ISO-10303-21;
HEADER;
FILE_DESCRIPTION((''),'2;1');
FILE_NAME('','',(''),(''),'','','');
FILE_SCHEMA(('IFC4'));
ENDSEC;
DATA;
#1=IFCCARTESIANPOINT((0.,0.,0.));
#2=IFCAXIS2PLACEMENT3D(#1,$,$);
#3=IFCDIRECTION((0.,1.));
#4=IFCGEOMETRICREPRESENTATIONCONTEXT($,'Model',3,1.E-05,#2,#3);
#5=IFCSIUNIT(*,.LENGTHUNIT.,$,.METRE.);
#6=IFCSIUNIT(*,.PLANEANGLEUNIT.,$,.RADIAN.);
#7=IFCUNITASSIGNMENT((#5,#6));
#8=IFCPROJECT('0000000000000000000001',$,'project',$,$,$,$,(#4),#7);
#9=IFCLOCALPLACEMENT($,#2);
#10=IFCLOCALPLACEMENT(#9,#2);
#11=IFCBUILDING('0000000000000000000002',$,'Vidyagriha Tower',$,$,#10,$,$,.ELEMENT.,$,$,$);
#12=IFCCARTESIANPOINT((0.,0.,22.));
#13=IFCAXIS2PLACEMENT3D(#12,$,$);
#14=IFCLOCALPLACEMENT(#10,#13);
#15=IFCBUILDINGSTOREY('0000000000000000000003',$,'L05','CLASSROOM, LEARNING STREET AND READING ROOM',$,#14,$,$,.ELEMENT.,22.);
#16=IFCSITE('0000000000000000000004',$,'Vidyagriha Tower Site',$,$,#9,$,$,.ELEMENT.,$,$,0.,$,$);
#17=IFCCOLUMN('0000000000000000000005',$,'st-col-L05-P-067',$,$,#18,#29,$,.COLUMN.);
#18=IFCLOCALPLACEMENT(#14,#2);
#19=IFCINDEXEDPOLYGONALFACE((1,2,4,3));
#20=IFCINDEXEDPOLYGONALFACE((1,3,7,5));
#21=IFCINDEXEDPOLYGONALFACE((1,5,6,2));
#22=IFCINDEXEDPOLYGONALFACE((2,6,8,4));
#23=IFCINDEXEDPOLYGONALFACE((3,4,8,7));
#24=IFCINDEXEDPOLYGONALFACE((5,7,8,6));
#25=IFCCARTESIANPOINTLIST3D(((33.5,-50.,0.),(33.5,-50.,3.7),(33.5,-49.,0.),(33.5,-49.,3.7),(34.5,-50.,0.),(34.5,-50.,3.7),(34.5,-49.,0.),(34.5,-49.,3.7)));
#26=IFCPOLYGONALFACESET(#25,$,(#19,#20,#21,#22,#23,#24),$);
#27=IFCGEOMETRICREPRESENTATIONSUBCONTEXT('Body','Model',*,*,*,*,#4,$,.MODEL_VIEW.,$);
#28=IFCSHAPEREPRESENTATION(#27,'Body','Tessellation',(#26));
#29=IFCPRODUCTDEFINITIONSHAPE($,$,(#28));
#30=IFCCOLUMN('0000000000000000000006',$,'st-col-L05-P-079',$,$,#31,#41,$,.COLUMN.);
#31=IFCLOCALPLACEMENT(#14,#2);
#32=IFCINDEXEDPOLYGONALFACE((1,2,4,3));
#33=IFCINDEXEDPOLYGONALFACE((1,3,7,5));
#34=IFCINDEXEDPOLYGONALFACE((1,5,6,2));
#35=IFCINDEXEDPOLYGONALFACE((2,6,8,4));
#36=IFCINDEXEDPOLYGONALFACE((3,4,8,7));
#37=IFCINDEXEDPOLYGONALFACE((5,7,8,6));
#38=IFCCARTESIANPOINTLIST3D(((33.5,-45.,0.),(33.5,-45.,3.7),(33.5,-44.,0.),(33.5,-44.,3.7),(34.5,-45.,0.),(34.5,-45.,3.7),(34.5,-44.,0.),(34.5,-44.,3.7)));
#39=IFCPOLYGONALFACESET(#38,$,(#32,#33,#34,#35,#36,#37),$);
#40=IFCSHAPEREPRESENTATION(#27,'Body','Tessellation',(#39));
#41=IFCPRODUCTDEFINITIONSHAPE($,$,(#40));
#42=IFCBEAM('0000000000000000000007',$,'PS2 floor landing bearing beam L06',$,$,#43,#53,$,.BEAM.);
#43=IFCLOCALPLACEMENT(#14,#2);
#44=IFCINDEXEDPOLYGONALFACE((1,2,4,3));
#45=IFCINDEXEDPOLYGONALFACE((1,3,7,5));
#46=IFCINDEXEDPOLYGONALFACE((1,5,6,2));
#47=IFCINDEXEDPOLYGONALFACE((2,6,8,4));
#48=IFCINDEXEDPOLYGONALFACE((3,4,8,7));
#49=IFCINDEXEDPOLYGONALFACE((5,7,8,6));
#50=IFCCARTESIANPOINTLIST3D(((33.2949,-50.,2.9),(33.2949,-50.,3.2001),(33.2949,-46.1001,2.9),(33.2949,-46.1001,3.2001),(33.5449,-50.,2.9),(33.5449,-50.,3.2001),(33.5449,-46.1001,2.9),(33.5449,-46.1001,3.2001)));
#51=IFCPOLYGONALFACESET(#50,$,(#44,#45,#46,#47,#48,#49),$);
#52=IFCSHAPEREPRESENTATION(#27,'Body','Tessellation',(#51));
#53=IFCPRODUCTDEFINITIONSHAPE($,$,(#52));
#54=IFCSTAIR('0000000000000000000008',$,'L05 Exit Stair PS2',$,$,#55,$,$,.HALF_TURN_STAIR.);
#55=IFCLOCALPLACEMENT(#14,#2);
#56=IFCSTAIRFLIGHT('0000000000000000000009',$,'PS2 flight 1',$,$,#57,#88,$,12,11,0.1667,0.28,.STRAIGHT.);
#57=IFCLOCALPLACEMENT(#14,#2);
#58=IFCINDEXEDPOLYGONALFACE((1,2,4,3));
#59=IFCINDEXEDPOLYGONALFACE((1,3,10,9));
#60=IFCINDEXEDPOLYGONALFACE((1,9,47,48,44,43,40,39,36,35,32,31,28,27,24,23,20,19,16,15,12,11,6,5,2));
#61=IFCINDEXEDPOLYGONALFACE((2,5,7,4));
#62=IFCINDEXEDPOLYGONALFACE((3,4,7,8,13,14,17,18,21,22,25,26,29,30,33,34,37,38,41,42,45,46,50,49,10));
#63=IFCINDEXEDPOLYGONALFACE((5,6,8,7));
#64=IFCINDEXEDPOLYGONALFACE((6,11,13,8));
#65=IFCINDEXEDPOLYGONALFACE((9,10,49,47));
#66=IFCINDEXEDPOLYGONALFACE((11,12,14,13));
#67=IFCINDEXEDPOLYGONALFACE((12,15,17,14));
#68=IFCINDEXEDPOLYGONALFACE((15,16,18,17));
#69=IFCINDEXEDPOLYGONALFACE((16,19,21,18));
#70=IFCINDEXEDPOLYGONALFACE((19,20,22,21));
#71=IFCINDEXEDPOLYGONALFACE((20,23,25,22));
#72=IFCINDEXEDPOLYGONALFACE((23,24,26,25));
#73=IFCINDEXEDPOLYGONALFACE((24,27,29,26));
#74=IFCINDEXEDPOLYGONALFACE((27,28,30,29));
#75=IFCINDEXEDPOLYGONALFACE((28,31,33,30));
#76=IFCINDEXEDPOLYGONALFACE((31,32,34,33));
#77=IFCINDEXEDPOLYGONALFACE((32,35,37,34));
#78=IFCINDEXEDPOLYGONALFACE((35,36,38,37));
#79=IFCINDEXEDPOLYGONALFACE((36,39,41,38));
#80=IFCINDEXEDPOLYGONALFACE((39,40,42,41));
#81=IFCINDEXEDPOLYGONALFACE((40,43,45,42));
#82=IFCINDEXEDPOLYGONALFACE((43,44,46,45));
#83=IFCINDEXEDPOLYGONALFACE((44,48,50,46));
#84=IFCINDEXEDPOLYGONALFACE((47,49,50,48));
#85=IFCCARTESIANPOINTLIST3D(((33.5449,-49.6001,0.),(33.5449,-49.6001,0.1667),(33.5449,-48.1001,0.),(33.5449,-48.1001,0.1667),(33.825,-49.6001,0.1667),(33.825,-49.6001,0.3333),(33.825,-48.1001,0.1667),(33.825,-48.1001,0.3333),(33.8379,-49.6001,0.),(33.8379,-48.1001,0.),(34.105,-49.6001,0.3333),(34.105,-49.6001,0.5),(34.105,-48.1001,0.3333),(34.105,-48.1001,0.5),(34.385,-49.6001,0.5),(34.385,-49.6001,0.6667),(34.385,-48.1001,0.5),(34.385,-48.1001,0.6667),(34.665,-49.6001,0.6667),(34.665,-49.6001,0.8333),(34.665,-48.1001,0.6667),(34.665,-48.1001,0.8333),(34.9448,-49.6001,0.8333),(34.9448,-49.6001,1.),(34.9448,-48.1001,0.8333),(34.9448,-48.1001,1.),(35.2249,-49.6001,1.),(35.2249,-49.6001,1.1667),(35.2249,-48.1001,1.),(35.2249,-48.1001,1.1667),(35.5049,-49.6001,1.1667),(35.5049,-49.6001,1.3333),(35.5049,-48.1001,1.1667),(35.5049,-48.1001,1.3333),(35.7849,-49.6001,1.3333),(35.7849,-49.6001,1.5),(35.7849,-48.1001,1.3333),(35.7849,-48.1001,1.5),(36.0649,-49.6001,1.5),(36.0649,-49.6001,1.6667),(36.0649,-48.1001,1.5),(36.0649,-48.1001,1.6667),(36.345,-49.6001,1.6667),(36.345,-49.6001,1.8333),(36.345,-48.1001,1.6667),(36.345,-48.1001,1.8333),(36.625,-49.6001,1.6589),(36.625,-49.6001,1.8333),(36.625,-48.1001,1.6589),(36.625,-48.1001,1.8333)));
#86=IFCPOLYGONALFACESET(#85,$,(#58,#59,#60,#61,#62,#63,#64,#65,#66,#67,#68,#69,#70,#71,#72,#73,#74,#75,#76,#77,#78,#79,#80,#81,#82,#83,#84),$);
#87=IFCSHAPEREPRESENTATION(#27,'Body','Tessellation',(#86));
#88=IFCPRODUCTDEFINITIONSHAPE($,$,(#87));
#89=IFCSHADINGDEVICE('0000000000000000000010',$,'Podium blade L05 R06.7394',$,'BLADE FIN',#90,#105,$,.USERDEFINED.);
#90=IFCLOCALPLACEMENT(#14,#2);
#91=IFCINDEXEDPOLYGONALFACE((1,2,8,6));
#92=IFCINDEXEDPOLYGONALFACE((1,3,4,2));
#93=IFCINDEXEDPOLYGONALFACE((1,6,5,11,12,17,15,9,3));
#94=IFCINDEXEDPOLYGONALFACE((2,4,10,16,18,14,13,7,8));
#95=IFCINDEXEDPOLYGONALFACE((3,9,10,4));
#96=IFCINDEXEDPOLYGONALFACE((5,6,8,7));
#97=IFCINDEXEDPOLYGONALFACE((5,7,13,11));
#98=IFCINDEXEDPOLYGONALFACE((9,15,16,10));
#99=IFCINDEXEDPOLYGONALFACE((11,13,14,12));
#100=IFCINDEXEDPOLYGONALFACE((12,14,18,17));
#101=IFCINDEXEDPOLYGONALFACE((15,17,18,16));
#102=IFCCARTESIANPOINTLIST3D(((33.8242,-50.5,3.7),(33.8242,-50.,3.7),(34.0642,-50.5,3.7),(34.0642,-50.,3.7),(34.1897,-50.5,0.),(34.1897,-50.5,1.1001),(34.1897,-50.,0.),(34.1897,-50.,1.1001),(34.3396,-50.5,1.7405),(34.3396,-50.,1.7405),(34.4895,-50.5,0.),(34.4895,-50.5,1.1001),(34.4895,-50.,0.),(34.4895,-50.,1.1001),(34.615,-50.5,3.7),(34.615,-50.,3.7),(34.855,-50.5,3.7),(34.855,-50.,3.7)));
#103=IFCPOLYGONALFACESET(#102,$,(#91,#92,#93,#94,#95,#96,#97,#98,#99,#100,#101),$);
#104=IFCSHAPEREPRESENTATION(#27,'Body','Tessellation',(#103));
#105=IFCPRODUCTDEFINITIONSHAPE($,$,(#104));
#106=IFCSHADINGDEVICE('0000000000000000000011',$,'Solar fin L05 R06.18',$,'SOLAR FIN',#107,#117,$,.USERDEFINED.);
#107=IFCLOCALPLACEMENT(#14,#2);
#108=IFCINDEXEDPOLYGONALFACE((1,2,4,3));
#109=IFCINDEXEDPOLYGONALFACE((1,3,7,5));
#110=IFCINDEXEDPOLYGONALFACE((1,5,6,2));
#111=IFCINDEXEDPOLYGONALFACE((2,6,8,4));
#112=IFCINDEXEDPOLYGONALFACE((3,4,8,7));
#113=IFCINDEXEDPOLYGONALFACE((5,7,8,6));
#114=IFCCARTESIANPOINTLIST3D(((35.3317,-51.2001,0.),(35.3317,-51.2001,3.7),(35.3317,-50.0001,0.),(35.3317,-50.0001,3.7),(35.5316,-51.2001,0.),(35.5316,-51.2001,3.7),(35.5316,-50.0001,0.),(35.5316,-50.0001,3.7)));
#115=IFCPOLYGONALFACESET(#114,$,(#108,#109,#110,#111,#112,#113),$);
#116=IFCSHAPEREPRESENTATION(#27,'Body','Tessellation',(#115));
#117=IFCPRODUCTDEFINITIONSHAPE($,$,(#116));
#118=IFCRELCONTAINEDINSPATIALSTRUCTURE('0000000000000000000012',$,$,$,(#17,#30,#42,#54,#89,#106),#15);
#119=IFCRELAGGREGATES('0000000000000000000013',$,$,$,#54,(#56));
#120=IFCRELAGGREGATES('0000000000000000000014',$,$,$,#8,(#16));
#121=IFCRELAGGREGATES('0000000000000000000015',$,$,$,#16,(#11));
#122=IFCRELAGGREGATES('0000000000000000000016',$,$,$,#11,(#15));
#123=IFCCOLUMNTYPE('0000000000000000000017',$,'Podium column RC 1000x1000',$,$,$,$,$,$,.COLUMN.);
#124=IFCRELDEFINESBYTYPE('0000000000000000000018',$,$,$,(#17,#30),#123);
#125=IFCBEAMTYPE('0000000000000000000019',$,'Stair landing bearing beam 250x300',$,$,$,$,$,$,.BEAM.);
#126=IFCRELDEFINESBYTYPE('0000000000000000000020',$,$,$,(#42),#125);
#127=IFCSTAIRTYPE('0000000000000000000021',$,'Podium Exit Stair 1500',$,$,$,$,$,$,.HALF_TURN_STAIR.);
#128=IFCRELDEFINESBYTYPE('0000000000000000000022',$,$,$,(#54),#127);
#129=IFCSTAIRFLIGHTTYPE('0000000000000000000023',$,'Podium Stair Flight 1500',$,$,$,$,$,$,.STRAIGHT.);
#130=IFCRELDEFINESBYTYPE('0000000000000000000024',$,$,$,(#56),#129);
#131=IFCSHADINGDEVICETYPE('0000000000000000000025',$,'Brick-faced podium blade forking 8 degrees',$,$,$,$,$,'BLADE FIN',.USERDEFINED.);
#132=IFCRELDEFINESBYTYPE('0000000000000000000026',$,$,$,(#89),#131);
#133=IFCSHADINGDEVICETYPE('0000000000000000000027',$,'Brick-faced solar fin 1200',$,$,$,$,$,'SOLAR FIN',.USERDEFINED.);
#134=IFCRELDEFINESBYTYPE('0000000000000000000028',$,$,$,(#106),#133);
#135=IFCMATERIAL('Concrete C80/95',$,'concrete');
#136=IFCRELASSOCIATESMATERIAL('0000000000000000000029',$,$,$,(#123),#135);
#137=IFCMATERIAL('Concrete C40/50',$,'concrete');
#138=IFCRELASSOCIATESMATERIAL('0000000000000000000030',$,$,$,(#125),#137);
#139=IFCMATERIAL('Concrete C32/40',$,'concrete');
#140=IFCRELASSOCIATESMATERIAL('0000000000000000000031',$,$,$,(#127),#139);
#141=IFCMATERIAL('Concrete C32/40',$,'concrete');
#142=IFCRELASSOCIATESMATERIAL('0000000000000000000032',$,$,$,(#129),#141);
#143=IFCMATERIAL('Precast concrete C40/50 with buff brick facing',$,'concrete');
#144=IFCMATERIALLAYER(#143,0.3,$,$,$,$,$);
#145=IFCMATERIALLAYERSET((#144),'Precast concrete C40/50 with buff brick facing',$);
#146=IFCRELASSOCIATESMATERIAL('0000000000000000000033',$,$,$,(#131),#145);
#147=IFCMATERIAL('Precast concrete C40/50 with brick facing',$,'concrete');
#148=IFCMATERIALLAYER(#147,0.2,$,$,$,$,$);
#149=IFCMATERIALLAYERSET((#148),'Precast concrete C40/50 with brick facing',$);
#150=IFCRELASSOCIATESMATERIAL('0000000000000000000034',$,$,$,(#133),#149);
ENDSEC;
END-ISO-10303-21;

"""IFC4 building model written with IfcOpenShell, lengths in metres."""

from ifc_helpers import new_model, si_unit, direction, frame, frame_2d, origin, origin_2d, place, context, subcontext, project, spatial, polyline, rectangle, outline, extrude, material, layer, layer_set, material_profile, profile_set, type_object, element, aggregate, save


model = new_model("IFC4")

# Units and contexts
model_context = context("Model", 3, precision=1e-05, world=origin(), true_north=direction((0.0, 1.0)))
body_context = subcontext(model_context, "Body", "Model", "MODEL_VIEW")
ifc_project = project(units=[si_unit("LENGTHUNIT", "METRE"), si_unit("PLANEANGLEUNIT", "RADIAN")], contexts=[model_context])

# Site, building, storey
site_placement = place(None, origin())
site = spatial("IfcSite", under=ifc_project, at=site_placement, Name="Vidyagriha Tower Site", CompositionType="ELEMENT", RefElevation=0.0)
building_placement = place(site_placement, origin())
building = spatial("IfcBuilding", under=site, at=building_placement, Name="Vidyagriha Tower", CompositionType="ELEMENT")
storey_placement = place(building_placement, frame((0.0, 0.0, 22.0)))
storey = spatial("IfcBuildingStorey", under=building, at=storey_placement, Name="L05", Description="CLASSROOM, LEARNING STREET AND READING ROOM", CompositionType="ELEMENT", Elevation=22.0)

# Columns
ifc_material_1 = material(Name="Concrete C80/95", Category="concrete")
ifc_material_profile_1 = material_profile(ifc_material_1, rectangle(XDim=1.0, YDim=1.0, at=origin_2d()), Name="RC 1000x1000")
ifc_profile_set_1 = profile_set([ifc_material_profile_1], Name="Concrete C80/95")
column_type = type_object("IfcColumnType", Name="Podium column RC 1000x1000", PredefinedType="COLUMN", material=ifc_profile_set_1)
for number, where, name in (
    (1, (34.0, -49.5, 0.0), "st-col-L05-P-067"),
    (2, (34.0, -44.5, 0.0), "st-col-L05-P-079"),
):
    element("IfcColumn", number, at=place(storey_placement, frame(where)), inside=storey, type_object=column_type, Name=name, PredefinedType="COLUMN", context=body_context, shape_type="SweptSolid", body=[
        extrude(rectangle(XDim=1.0, YDim=1.0, at=origin_2d()), origin(), (0.0, 0.0, 1.0), 3.7),
    ])

# Beam
ifc_material_2 = material(Name="Concrete C40/50", Category="concrete")
ifc_material_profile_2 = material_profile(ifc_material_2, rectangle(XDim=0.25, YDim=0.3, at=origin_2d()), Name="Stair landing bearing beam 250x300")
ifc_profile_set_2 = profile_set([ifc_material_profile_2], Name="Concrete C40/50")
beam_type = type_object("IfcBeamType", Name="Stair landing bearing beam 250x300", PredefinedType="BEAM", material=ifc_profile_set_2)
beam_placement = place(storey_placement, frame((33.4199, -50.0, 3.05), z_axis=(0.0, 1.0, 0.0), x_axis=(-1.0, 0.0, 0.0)))
element("IfcBeam", 3, at=beam_placement, inside=storey, type_object=beam_type, Name="PS2 floor landing bearing beam L06", PredefinedType="BEAM", context=body_context, shape_type="SweptSolid", body=[
    extrude(rectangle(XDim=0.25, YDim=0.3, at=origin_2d()), origin(), (0.0, 0.0, 1.0), 3.8999),
])

# Stair, stair flight
ifc_material_3 = material(Name="Concrete C32/40", Category="concrete")
stair_type = type_object("IfcStairType", Name="Podium Exit Stair 1500", PredefinedType="HALF_TURN_STAIR", material=ifc_material_3)
stair_placement = place(storey_placement, origin())
stair = element("IfcStair", 4, at=stair_placement, inside=storey, type_object=stair_type, Name="L05 Exit Stair PS2", PredefinedType="HALF_TURN_STAIR")
ifc_material_4 = material(Name="Concrete C32/40", Category="concrete")
stair_flight_type = type_object("IfcStairFlightType", Name="Podium Stair Flight 1500", PredefinedType="STRAIGHT", material=ifc_material_4)
stair_flight_placement = place(storey_placement, frame((33.5449, -48.8501, 0.0)))
stair_flight = element("IfcStairFlight", 5, at=stair_flight_placement, type_object=stair_flight_type, Name="PS2 flight 1", NumberOfRisers=12, NumberOfTreads=11, PredefinedType="STRAIGHT", RiserHeight=0.1667, TreadLength=0.28, context=body_context, shape_type="SweptSolid", body=[
    extrude(outline(polyline([(0.0, 0.0), (0.0, 0.1667), (0.28, 0.1667), (0.28, 0.3333), (0.5601, 0.3333), (0.5601, 0.5), (0.8401, 0.5), (0.8401, 0.6667), (1.1201, 0.6667), (1.1201, 0.8333), (1.3999, 0.8333), (1.3999, 1.0), (1.6799, 1.0), (1.6799, 1.1667), (1.96, 1.1667), (1.96, 1.3333), (2.24, 1.3333), (2.24, 1.5), (2.52, 1.5), (2.52, 1.6667), (2.8, 1.6667), (2.8, 1.8333), (3.0801, 1.8333), (3.0801, 2.0), (3.0801, 1.6589), (0.293, 0.0), (0.0, 0.0)])), frame((0.0, 0.75, 0.0), z_axis=(0.0, -1.0, 0.0), x_axis=(1.0, 0.0, 0.0)), (0.0, 0.0, 1.0), 1.5),
])
aggregate(stair, [stair_flight])

# Shading devices
ifc_material_5 = material(Name="Precast concrete C40/50 with buff brick facing", Category="concrete")
ifc_layer_1 = layer(ifc_material_5, 0.3)
ifc_layer_set_1 = layer_set([ifc_layer_1], Name="Precast concrete C40/50 with buff brick facing")
shading_device_type_1 = type_object("IfcShadingDeviceType", Name="Brick-faced podium blade forking 8 degrees", ElementType="BLADE FIN", PredefinedType="USERDEFINED", material=ifc_layer_set_1)
shading_device_1_placement = place(storey_placement, frame((33.8242, -50.25, 0.0)))
element("IfcShadingDevice", 6, at=shading_device_1_placement, inside=storey, type_object=shading_device_type_1, Name="Podium blade L05 R06.7394", ObjectType="BLADE FIN", PredefinedType="USERDEFINED", context=body_context, shape_type="SweptSolid", body=[
    extrude(outline(polyline([(0.6653, 0.0), (0.6653, 1.1001), (1.0308, 3.7), (0.7908, 3.7), (0.5154, 1.7405), (0.24, 3.7), (0.0, 3.7), (0.3655, 1.1001), (0.3655, 0.0), (0.6653, 0.0)])), frame((0.0, 0.25, 0.0), z_axis=(0.0, -1.0, 0.0), x_axis=(1.0, 0.0, 0.0)), (0.0, 0.0, 1.0), 0.5),
])
ifc_material_6 = material(Name="Precast concrete C40/50 with brick facing", Category="concrete")
ifc_layer_2 = layer(ifc_material_6, 0.2)
ifc_layer_set_2 = layer_set([ifc_layer_2], Name="Precast concrete C40/50 with brick facing")
shading_device_type_2 = type_object("IfcShadingDeviceType", Name="Brick-faced solar fin 1200", ElementType="SOLAR FIN", PredefinedType="USERDEFINED", material=ifc_layer_set_2)
shading_device_2_placement = place(storey_placement, frame((35.4316, -50.0, 0.0), z_axis=(0.0, 0.0, 1.0), x_axis=(0.0, -1.0, 0.0)))
element("IfcShadingDevice", 7, at=shading_device_2_placement, inside=storey, type_object=shading_device_type_2, Name="Solar fin L05 R06.18", ObjectType="SOLAR FIN", PredefinedType="USERDEFINED", context=body_context, shape_type="SweptSolid", body=[
    extrude(rectangle(XDim=1.2, YDim=0.2, at=frame_2d((0.6001, 0.0))), origin(), (0.0, 0.0, 1.0), 3.7),
])

save(model, "model.ifc")
